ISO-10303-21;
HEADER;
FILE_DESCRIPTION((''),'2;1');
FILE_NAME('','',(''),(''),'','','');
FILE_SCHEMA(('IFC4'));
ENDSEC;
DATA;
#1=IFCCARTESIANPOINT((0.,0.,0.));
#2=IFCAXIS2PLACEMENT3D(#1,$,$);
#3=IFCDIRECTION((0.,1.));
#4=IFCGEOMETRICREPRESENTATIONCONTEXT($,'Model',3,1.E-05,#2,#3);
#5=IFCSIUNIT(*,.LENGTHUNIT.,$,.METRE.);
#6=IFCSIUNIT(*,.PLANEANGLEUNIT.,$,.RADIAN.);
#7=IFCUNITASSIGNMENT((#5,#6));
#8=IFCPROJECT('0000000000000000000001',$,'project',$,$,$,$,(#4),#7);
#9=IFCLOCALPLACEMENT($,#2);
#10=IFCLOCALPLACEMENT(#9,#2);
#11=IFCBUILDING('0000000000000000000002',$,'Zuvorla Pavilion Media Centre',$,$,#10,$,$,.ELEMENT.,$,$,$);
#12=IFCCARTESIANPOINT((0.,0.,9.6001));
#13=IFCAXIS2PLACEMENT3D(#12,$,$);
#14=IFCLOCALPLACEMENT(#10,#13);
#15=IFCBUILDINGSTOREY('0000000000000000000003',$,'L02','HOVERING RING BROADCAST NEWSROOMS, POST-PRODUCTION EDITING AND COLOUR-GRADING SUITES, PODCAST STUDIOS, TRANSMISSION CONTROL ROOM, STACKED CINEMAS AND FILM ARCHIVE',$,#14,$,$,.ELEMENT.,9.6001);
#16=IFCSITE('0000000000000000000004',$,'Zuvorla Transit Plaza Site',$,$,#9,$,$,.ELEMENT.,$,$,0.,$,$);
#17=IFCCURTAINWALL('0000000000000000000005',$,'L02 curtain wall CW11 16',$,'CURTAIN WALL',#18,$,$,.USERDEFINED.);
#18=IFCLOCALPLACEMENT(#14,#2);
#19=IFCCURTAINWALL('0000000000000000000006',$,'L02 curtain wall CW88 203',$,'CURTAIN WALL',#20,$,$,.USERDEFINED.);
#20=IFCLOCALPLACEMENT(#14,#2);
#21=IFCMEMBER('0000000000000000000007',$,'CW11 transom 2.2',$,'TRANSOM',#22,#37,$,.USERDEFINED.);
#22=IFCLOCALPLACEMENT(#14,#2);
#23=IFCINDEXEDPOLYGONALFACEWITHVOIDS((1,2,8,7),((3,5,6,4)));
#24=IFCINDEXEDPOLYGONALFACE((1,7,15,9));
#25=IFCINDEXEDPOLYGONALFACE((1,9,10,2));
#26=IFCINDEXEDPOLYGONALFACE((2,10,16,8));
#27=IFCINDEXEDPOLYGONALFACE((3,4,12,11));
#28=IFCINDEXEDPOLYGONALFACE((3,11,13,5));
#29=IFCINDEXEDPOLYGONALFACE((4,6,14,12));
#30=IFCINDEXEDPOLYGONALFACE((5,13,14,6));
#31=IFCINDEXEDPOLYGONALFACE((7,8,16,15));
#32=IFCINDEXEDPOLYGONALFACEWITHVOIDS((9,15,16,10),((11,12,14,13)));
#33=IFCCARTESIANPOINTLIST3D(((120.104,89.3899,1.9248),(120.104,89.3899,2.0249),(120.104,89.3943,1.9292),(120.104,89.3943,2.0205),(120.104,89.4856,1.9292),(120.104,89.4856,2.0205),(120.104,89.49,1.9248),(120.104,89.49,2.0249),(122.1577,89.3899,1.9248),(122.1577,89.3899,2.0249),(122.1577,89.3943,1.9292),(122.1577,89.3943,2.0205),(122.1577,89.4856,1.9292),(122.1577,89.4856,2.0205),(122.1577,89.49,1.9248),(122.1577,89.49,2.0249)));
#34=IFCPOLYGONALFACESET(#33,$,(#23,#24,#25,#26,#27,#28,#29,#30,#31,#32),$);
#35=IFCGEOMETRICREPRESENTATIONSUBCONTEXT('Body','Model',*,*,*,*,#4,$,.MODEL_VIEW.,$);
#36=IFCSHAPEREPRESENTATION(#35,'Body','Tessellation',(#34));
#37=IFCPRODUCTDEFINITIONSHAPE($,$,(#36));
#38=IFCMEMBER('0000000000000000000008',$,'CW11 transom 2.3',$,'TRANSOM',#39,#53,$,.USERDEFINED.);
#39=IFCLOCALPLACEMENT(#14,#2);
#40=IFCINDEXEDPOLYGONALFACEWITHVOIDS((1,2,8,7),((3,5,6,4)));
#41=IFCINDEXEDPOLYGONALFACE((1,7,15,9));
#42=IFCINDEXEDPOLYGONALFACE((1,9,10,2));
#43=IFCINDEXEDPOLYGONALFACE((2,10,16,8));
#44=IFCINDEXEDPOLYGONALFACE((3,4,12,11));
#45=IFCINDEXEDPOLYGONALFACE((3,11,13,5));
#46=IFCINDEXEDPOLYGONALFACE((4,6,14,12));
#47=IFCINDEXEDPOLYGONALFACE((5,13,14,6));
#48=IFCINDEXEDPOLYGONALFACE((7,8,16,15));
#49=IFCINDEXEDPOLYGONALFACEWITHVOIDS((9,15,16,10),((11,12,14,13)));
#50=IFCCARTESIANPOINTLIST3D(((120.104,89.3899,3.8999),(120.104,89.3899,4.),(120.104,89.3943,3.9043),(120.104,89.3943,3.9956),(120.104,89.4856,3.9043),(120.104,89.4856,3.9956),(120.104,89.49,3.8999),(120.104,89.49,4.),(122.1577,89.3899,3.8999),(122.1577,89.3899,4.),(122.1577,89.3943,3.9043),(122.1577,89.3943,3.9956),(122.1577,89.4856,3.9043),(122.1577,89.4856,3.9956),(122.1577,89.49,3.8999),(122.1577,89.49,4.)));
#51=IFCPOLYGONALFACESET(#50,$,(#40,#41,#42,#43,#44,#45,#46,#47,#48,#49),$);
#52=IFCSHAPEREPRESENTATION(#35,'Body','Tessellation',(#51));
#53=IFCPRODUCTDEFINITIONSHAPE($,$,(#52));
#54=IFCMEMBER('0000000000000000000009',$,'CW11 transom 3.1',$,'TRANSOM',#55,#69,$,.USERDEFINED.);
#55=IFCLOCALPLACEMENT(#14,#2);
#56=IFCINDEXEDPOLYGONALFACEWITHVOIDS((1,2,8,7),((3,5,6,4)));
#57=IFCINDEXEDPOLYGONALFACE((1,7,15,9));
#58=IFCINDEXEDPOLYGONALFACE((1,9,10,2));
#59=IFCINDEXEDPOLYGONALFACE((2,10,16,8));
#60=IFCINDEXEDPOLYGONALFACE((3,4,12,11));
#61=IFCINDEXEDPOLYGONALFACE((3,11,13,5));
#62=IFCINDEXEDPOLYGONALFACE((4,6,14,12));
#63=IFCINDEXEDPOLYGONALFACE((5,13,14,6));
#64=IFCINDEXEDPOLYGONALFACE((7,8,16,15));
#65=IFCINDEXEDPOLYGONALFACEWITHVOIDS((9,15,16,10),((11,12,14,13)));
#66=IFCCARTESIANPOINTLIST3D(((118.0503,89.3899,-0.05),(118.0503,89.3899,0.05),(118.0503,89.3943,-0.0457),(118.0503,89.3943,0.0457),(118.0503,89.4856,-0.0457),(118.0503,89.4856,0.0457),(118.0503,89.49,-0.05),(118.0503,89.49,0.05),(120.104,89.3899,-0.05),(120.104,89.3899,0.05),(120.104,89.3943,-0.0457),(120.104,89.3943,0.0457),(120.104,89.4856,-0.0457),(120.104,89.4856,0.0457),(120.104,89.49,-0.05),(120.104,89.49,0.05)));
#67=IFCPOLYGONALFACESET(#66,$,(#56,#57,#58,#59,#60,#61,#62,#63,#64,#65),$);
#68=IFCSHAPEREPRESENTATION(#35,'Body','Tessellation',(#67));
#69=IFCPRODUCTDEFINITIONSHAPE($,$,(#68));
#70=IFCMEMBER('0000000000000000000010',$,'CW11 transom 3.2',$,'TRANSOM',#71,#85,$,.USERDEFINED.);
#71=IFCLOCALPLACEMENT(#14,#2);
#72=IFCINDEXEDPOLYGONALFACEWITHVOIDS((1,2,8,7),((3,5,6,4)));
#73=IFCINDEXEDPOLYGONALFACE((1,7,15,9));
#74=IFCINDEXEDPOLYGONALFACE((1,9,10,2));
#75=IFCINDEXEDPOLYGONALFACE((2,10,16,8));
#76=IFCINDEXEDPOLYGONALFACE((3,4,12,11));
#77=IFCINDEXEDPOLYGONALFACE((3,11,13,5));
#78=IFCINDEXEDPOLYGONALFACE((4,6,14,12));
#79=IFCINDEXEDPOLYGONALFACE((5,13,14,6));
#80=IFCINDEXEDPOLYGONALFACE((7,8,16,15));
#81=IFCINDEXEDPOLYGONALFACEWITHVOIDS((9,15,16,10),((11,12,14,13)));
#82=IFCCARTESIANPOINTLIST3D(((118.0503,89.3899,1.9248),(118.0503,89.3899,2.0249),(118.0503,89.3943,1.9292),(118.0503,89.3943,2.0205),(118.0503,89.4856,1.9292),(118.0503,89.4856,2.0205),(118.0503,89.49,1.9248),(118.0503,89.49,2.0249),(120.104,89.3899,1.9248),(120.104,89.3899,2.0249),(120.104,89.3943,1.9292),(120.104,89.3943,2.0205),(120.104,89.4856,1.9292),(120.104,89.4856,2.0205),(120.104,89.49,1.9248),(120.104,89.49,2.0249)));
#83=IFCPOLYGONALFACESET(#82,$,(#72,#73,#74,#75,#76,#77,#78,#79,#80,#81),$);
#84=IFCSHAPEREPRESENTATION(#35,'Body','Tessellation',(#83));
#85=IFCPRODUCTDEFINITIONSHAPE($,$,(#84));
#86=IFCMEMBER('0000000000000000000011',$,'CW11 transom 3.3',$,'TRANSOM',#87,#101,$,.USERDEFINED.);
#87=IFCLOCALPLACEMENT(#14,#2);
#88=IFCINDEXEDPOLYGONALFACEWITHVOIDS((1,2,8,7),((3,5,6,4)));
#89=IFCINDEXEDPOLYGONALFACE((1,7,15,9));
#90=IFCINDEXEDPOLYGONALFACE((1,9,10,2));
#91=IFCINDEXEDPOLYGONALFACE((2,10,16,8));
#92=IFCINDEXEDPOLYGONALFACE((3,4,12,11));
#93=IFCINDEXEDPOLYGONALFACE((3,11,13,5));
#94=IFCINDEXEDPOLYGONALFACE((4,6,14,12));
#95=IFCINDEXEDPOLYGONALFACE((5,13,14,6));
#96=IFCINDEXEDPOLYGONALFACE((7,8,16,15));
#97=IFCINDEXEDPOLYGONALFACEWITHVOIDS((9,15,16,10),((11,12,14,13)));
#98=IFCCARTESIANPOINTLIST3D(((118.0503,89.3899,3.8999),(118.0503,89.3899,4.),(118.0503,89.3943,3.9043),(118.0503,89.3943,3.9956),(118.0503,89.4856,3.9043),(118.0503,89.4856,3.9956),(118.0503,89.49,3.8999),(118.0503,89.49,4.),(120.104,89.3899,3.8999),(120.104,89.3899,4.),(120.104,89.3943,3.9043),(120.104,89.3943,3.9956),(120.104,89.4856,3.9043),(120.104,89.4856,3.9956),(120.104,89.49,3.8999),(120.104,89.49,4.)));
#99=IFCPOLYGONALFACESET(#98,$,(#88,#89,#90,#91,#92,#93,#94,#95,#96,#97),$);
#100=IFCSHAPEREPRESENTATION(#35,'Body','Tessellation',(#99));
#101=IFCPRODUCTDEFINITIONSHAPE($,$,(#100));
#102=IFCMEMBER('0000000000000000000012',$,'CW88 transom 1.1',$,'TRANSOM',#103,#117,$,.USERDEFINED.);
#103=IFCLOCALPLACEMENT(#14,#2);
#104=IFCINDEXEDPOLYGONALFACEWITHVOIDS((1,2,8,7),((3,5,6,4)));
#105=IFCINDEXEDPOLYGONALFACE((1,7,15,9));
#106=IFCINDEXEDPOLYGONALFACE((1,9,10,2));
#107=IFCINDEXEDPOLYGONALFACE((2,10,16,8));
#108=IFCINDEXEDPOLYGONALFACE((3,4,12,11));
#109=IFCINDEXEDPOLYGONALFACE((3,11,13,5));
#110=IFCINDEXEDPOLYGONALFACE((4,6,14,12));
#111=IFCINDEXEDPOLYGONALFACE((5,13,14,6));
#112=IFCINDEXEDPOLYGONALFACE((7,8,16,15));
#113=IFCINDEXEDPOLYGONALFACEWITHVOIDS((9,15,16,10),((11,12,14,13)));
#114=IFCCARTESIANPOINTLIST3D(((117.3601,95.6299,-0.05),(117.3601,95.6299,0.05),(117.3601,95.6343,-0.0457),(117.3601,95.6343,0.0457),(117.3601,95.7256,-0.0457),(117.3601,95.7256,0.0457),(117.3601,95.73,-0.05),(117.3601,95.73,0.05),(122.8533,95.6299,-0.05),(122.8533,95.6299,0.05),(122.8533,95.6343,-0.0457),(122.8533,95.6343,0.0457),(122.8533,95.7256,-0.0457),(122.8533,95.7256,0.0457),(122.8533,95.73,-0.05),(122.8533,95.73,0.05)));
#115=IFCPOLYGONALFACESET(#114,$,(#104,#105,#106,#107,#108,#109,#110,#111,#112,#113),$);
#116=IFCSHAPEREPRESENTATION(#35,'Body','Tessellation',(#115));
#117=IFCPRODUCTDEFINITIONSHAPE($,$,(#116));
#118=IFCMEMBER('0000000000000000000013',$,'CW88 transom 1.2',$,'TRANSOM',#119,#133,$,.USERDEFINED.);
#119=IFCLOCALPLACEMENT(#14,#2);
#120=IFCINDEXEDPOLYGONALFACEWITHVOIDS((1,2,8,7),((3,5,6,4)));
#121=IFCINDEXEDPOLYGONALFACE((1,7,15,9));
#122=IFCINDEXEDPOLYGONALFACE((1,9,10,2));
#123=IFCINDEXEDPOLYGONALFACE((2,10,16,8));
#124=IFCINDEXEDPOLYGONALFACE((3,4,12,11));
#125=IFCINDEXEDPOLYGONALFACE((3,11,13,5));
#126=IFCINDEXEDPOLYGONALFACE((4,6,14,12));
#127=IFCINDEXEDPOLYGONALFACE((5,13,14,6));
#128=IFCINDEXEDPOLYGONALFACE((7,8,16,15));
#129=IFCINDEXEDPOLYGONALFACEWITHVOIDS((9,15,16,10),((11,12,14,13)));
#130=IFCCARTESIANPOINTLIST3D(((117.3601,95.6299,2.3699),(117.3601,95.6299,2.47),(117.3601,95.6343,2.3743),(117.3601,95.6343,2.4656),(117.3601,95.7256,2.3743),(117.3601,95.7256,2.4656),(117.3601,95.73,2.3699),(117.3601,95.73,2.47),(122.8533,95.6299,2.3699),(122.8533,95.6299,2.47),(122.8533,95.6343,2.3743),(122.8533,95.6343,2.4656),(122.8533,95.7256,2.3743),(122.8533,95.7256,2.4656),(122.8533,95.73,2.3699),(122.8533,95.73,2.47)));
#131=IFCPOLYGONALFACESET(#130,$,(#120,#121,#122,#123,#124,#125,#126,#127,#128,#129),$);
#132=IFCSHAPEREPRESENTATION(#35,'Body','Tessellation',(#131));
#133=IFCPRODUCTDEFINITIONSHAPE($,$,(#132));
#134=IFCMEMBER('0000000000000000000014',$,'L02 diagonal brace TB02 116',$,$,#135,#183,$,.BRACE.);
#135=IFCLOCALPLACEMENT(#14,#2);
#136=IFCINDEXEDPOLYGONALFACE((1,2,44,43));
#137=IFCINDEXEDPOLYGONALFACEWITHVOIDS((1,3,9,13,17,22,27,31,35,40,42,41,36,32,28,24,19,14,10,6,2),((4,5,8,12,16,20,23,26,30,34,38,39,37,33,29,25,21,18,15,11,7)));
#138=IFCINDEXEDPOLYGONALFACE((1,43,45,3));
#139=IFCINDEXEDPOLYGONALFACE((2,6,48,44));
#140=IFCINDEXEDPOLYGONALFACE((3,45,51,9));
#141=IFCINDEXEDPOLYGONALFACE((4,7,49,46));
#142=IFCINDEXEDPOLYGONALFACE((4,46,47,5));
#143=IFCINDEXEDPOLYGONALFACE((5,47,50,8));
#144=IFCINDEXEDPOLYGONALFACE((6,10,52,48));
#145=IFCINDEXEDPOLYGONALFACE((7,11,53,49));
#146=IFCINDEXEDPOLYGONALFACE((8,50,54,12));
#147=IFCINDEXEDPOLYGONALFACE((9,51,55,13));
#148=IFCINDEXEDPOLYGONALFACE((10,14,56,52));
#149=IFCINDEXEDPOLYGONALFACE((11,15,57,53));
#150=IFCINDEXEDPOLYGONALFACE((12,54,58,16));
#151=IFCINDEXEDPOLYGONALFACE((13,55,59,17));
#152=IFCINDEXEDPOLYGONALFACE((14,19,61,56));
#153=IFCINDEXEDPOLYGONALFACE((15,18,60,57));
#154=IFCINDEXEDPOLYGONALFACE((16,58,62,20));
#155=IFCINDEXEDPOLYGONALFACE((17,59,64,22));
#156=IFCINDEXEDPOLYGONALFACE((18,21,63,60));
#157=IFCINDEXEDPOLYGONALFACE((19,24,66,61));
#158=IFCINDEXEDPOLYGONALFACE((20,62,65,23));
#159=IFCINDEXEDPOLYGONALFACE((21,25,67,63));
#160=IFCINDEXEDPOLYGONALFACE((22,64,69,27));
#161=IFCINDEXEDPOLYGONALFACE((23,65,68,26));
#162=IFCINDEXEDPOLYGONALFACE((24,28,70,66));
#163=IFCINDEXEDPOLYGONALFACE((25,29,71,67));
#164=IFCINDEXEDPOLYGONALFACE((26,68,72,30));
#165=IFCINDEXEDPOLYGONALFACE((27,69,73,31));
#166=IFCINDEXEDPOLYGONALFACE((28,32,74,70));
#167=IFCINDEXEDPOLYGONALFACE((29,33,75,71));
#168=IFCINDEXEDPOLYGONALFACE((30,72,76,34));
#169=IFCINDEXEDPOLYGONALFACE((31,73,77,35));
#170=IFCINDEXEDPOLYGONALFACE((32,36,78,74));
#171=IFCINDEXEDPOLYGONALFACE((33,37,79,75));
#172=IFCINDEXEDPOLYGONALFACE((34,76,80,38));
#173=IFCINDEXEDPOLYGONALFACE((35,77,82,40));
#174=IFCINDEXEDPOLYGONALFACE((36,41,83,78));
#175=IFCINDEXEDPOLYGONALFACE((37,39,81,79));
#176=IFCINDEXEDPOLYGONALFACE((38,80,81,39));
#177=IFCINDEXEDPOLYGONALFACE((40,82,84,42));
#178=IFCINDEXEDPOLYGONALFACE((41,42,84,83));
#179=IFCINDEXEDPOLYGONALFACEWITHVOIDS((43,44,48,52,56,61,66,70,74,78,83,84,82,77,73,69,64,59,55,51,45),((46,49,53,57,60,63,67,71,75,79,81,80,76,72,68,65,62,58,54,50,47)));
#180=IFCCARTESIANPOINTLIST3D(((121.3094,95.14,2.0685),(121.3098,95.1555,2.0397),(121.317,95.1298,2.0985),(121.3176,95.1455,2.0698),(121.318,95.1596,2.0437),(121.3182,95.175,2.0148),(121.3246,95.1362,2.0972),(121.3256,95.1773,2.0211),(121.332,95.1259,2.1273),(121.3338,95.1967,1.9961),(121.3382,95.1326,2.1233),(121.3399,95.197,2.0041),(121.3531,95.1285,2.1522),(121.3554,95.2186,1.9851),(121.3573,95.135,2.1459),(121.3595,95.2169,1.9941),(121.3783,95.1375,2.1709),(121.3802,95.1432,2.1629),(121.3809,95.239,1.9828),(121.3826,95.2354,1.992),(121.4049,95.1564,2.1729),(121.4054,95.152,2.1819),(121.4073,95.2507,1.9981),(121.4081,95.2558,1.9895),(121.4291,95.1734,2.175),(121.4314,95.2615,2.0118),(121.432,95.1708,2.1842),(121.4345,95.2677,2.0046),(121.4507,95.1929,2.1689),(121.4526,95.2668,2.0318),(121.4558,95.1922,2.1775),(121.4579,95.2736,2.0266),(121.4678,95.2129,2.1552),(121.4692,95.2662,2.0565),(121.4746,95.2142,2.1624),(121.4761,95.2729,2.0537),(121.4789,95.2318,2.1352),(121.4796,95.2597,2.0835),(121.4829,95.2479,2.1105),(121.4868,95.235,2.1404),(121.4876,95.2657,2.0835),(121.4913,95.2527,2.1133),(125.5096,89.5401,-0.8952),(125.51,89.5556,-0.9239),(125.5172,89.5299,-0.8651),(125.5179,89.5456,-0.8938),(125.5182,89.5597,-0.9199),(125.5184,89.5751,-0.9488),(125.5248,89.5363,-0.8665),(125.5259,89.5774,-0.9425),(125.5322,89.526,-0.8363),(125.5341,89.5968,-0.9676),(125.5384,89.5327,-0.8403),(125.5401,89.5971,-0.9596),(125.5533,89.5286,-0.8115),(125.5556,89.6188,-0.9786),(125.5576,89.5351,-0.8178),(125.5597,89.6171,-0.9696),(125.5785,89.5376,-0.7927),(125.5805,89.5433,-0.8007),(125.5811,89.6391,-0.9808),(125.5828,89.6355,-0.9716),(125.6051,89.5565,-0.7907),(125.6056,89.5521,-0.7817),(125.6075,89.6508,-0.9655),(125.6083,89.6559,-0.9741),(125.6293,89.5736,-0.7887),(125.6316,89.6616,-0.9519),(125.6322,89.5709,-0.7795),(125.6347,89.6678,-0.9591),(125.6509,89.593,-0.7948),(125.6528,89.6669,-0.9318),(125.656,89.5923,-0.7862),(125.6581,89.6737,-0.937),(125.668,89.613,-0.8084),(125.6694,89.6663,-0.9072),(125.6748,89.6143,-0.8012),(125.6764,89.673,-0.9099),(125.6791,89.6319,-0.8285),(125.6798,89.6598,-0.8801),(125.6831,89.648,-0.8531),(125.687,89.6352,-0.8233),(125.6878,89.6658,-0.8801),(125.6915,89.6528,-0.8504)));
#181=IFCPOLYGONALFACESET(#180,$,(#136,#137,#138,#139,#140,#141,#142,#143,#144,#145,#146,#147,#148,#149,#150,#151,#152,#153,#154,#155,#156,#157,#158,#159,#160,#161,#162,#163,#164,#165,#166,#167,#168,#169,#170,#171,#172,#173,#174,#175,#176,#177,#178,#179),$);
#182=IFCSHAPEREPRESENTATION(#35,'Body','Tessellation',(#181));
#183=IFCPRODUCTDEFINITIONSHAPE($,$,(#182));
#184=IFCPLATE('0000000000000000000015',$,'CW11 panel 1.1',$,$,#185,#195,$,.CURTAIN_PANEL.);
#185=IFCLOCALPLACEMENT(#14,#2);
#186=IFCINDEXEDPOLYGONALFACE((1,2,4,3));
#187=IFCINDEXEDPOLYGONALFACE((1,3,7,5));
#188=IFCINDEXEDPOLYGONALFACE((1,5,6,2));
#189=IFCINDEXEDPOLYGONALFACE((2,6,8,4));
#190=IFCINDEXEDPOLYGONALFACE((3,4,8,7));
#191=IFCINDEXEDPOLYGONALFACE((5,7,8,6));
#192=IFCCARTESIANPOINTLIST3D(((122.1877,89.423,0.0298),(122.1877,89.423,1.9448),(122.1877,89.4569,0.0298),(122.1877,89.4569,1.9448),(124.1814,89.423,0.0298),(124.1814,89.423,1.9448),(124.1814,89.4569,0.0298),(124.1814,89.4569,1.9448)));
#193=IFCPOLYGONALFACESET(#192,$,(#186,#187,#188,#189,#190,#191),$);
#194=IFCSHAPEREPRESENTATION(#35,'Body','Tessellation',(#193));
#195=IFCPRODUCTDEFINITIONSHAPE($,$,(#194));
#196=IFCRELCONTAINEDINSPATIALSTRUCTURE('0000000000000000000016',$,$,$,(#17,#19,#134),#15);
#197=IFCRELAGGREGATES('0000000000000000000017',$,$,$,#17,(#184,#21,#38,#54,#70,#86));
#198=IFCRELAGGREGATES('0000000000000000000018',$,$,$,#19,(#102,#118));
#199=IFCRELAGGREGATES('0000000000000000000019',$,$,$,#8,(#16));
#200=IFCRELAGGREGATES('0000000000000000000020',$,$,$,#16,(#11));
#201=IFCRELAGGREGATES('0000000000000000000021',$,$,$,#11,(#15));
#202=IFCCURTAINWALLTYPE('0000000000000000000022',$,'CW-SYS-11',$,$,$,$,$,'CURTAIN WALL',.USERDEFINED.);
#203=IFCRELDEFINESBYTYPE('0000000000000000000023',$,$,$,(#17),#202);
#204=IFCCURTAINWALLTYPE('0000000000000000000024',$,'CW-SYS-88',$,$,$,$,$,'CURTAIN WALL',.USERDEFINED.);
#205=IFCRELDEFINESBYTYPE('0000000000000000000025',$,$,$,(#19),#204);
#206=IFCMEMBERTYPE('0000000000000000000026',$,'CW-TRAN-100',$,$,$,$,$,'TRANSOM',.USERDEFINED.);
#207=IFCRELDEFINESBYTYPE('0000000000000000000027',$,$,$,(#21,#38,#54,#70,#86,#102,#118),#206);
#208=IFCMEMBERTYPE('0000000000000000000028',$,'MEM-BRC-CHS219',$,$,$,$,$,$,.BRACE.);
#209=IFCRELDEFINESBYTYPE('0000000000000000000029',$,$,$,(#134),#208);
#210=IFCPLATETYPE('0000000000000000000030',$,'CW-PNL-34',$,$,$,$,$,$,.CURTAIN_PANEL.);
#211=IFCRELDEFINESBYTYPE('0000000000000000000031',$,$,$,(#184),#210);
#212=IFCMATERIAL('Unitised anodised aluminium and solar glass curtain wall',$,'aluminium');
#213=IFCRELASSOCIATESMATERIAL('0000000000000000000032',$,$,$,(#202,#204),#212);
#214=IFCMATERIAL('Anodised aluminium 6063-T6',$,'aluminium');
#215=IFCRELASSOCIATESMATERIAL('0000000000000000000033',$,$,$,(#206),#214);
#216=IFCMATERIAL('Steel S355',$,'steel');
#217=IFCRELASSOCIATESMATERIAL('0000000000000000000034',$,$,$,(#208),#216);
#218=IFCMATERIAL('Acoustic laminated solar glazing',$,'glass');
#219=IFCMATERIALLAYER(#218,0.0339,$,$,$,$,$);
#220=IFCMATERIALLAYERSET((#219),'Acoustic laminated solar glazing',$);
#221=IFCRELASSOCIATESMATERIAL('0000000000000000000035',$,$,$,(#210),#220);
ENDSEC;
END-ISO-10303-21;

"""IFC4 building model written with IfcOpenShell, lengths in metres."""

from ifc_helpers import new_model, si_unit, direction, frame, origin, origin_2d, place, context, subcontext, project, spatial, rectangle, hollow_rectangle, hollow_circle, extrude, material, layer, layer_set, material_profile, profile_set, type_object, element, aggregate, save


model = new_model("IFC4")

# Units and contexts
model_context = context("Model", 3, precision=1e-05, world=origin(), true_north=direction((0.0, 1.0)))
body_context = subcontext(model_context, "Body", "Model", "MODEL_VIEW")
ifc_project = project(units=[si_unit("LENGTHUNIT", "METRE"), si_unit("PLANEANGLEUNIT", "RADIAN")], contexts=[model_context])

# Site, building, storey
site_placement = place(None, origin())
site = spatial("IfcSite", under=ifc_project, at=site_placement, Name="Zuvorla Transit Plaza Site", CompositionType="ELEMENT", RefElevation=0.0)
building_placement = place(site_placement, origin())
building = spatial("IfcBuilding", under=site, at=building_placement, Name="Zuvorla Pavilion Media Centre", CompositionType="ELEMENT")
storey_placement = place(building_placement, frame((0.0, 0.0, 9.6001)))
storey = spatial("IfcBuildingStorey", under=building, at=storey_placement, Name="L02", Description="HOVERING RING BROADCAST NEWSROOMS, POST-PRODUCTION EDITING AND COLOUR-GRADING SUITES, PODCAST STUDIOS, TRANSMISSION CONTROL ROOM, STACKED CINEMAS AND FILM ARCHIVE", CompositionType="ELEMENT", Elevation=9.6001)

# Shared definitions
ifc_material_1 = material(Name="Steel S355", Category="steel")

# Curtain wall
ifc_material_2 = material(Name="Unitised anodised aluminium and solar glass curtain wall", Category="aluminium")
curtain_wall_type_1 = type_object("IfcCurtainWallType", Name="CW-SYS-11", ElementType="CURTAIN WALL", PredefinedType="USERDEFINED", material=ifc_material_2)
curtain_wall_1_placement = place(storey_placement, origin())
curtain_wall_1 = element("IfcCurtainWall", 1, at=curtain_wall_1_placement, inside=storey, type_object=curtain_wall_type_1, Name="L02 curtain wall CW11 16", ObjectType="CURTAIN WALL", PredefinedType="USERDEFINED")
ifc_material_3 = material(Name="Anodised aluminium 6063-T6", Category="aluminium")

# Curtain wall
curtain_wall_type_2 = type_object("IfcCurtainWallType", Name="CW-SYS-88", ElementType="CURTAIN WALL", PredefinedType="USERDEFINED", material=ifc_material_2)
curtain_wall_2_placement = place(storey_placement, origin())
curtain_wall_2 = element("IfcCurtainWall", 2, at=curtain_wall_2_placement, inside=storey, type_object=curtain_wall_type_2, Name="L02 curtain wall CW88 203", ObjectType="CURTAIN WALL", PredefinedType="USERDEFINED")

# Members
ifc_material_profile_1 = material_profile(ifc_material_3, hollow_rectangle(XDim=0.1001, YDim=0.1001, WallThickness=0.0044, at=origin_2d()), Name="ALU TRAN 100x100")
ifc_profile_set_1 = profile_set([ifc_material_profile_1], Name="Anodised aluminium 6063-T6")
member_type_1 = type_object("IfcMemberType", Name="CW-TRAN-100", ElementType="TRANSOM", PredefinedType="USERDEFINED", material=ifc_profile_set_1)
member_1_placement = place(storey_placement, frame((122.1577, 89.4399, 1.9749), z_axis=(-1.0, 0.0, 0.0), x_axis=(0.0, -1.0, 0.0)))
member_1 = element("IfcMember", 3, at=member_1_placement, type_object=member_type_1, Name="CW11 transom 2.2", ObjectType="TRANSOM", PredefinedType="USERDEFINED", context=body_context, shape_type="SweptSolid", body=[
    extrude(hollow_rectangle(XDim=0.1001, YDim=0.1001, WallThickness=0.0044, at=origin_2d()), origin(), (0.0, 0.0, 1.0), 2.0537),
])
member_2_placement = place(storey_placement, frame((122.1577, 89.4399, 3.95), z_axis=(-1.0, 0.0, 0.0), x_axis=(0.0, -1.0, 0.0)))
member_2 = element("IfcMember", 4, at=member_2_placement, type_object=member_type_1, Name="CW11 transom 2.3", ObjectType="TRANSOM", PredefinedType="USERDEFINED", context=body_context, shape_type="SweptSolid", body=[
    extrude(hollow_rectangle(XDim=0.1001, YDim=0.1001, WallThickness=0.0044, at=origin_2d()), origin(), (0.0, 0.0, 1.0), 2.0537),
])
member_3_placement = place(storey_placement, frame((120.104, 89.4399, 0.0), z_axis=(-1.0, 0.0, 0.0), x_axis=(0.0, -1.0, 0.0)))
member_3 = element("IfcMember", 5, at=member_3_placement, type_object=member_type_1, Name="CW11 transom 3.1", ObjectType="TRANSOM", PredefinedType="USERDEFINED", context=body_context, shape_type="SweptSolid", body=[
    extrude(hollow_rectangle(XDim=0.1001, YDim=0.1001, WallThickness=0.0044, at=origin_2d()), origin(), (0.0, 0.0, 1.0), 2.0537),
])
member_4_placement = place(storey_placement, frame((120.104, 89.4399, 1.9749), z_axis=(-1.0, 0.0, 0.0), x_axis=(0.0, -1.0, 0.0)))
member_4 = element("IfcMember", 6, at=member_4_placement, type_object=member_type_1, Name="CW11 transom 3.2", ObjectType="TRANSOM", PredefinedType="USERDEFINED", context=body_context, shape_type="SweptSolid", body=[
    extrude(hollow_rectangle(XDim=0.1001, YDim=0.1001, WallThickness=0.0044, at=origin_2d()), origin(), (0.0, 0.0, 1.0), 2.0537),
])
member_5_placement = place(storey_placement, frame((120.104, 89.4399, 3.95), z_axis=(-1.0, 0.0, 0.0), x_axis=(0.0, -1.0, 0.0)))
member_5 = element("IfcMember", 7, at=member_5_placement, type_object=member_type_1, Name="CW11 transom 3.3", ObjectType="TRANSOM", PredefinedType="USERDEFINED", context=body_context, shape_type="SweptSolid", body=[
    extrude(hollow_rectangle(XDim=0.1001, YDim=0.1001, WallThickness=0.0044, at=origin_2d()), origin(), (0.0, 0.0, 1.0), 2.0537),
])
member_6_placement = place(storey_placement, frame((117.3601, 95.6799, 0.0), z_axis=(1.0, 0.0, 0.0), x_axis=(0.0, 1.0, 0.0)))
member_6 = element("IfcMember", 8, at=member_6_placement, type_object=member_type_1, Name="CW88 transom 1.1", ObjectType="TRANSOM", PredefinedType="USERDEFINED", context=body_context, shape_type="SweptSolid", body=[
    extrude(hollow_rectangle(XDim=0.1001, YDim=0.1001, WallThickness=0.0044, at=origin_2d()), origin(), (0.0, 0.0, 1.0), 5.4932),
])
member_7_placement = place(storey_placement, frame((117.3601, 95.6799, 2.4199), z_axis=(1.0, 0.0, 0.0), x_axis=(0.0, 1.0, 0.0)))
member_7 = element("IfcMember", 9, at=member_7_placement, type_object=member_type_1, Name="CW88 transom 1.2", ObjectType="TRANSOM", PredefinedType="USERDEFINED", context=body_context, shape_type="SweptSolid", body=[
    extrude(hollow_rectangle(XDim=0.1001, YDim=0.1001, WallThickness=0.0044, at=origin_2d()), origin(), (0.0, 0.0, 1.0), 5.4932),
])
ifc_material_profile_2 = material_profile(ifc_material_1, hollow_circle(Radius=0.1096, WallThickness=0.01, at=origin_2d()), Name="CHS 219.1x10")
ifc_profile_set_2 = profile_set([ifc_material_profile_2], Name="Steel S355")
member_type_2 = type_object("IfcMemberType", Name="MEM-BRC-CHS219", PredefinedType="BRACE", material=ifc_profile_set_2)
member_8_placement = place(storey_placement, frame((121.3999, 95.2, 2.0835), z_axis=(0.552547, -0.736676, -0.389873), x_axis=(0.799979, 0.600028, 0.0)))
element("IfcMember", 10, at=member_8_placement, inside=storey, type_object=member_type_2, Name="L02 diagonal brace TB02 116", PredefinedType="BRACE", context=body_context, shape_type="SweptSolid", body=[
    extrude(hollow_circle(Radius=0.1096, WallThickness=0.01, at=origin_2d()), origin(), (0.0, 0.0, 1.0), 7.6016),
])

# Plate
ifc_material_4 = material(Name="Acoustic laminated solar glazing", Category="glass")
ifc_layer_1 = layer(ifc_material_4, 0.0339)
ifc_layer_set_1 = layer_set([ifc_layer_1], Name="Acoustic laminated solar glazing")
plate_type_1 = type_object("IfcPlateType", Name="CW-PNL-34", PredefinedType="CURTAIN_PANEL", material=ifc_layer_set_1)
plate_1_placement = place(storey_placement, frame((123.1846, 89.4399, 0.0298), z_axis=(0.0, 0.0, 1.0), x_axis=(-1.0, 0.0, 0.0)))
plate_1 = element("IfcPlate", 11, at=plate_1_placement, type_object=plate_type_1, Name="CW11 panel 1.1", PredefinedType="CURTAIN_PANEL", context=body_context, shape_type="SweptSolid", body=[
    extrude(rectangle(XDim=1.9937, YDim=0.0339, at=origin_2d()), origin(), (0.0, 0.0, 1.0), 1.915),
])
aggregate(curtain_wall_1, [plate_1, member_1, member_2, member_3, member_4, member_5])
aggregate(curtain_wall_2, [member_6, member_7])

save(model, "model.ifc")
